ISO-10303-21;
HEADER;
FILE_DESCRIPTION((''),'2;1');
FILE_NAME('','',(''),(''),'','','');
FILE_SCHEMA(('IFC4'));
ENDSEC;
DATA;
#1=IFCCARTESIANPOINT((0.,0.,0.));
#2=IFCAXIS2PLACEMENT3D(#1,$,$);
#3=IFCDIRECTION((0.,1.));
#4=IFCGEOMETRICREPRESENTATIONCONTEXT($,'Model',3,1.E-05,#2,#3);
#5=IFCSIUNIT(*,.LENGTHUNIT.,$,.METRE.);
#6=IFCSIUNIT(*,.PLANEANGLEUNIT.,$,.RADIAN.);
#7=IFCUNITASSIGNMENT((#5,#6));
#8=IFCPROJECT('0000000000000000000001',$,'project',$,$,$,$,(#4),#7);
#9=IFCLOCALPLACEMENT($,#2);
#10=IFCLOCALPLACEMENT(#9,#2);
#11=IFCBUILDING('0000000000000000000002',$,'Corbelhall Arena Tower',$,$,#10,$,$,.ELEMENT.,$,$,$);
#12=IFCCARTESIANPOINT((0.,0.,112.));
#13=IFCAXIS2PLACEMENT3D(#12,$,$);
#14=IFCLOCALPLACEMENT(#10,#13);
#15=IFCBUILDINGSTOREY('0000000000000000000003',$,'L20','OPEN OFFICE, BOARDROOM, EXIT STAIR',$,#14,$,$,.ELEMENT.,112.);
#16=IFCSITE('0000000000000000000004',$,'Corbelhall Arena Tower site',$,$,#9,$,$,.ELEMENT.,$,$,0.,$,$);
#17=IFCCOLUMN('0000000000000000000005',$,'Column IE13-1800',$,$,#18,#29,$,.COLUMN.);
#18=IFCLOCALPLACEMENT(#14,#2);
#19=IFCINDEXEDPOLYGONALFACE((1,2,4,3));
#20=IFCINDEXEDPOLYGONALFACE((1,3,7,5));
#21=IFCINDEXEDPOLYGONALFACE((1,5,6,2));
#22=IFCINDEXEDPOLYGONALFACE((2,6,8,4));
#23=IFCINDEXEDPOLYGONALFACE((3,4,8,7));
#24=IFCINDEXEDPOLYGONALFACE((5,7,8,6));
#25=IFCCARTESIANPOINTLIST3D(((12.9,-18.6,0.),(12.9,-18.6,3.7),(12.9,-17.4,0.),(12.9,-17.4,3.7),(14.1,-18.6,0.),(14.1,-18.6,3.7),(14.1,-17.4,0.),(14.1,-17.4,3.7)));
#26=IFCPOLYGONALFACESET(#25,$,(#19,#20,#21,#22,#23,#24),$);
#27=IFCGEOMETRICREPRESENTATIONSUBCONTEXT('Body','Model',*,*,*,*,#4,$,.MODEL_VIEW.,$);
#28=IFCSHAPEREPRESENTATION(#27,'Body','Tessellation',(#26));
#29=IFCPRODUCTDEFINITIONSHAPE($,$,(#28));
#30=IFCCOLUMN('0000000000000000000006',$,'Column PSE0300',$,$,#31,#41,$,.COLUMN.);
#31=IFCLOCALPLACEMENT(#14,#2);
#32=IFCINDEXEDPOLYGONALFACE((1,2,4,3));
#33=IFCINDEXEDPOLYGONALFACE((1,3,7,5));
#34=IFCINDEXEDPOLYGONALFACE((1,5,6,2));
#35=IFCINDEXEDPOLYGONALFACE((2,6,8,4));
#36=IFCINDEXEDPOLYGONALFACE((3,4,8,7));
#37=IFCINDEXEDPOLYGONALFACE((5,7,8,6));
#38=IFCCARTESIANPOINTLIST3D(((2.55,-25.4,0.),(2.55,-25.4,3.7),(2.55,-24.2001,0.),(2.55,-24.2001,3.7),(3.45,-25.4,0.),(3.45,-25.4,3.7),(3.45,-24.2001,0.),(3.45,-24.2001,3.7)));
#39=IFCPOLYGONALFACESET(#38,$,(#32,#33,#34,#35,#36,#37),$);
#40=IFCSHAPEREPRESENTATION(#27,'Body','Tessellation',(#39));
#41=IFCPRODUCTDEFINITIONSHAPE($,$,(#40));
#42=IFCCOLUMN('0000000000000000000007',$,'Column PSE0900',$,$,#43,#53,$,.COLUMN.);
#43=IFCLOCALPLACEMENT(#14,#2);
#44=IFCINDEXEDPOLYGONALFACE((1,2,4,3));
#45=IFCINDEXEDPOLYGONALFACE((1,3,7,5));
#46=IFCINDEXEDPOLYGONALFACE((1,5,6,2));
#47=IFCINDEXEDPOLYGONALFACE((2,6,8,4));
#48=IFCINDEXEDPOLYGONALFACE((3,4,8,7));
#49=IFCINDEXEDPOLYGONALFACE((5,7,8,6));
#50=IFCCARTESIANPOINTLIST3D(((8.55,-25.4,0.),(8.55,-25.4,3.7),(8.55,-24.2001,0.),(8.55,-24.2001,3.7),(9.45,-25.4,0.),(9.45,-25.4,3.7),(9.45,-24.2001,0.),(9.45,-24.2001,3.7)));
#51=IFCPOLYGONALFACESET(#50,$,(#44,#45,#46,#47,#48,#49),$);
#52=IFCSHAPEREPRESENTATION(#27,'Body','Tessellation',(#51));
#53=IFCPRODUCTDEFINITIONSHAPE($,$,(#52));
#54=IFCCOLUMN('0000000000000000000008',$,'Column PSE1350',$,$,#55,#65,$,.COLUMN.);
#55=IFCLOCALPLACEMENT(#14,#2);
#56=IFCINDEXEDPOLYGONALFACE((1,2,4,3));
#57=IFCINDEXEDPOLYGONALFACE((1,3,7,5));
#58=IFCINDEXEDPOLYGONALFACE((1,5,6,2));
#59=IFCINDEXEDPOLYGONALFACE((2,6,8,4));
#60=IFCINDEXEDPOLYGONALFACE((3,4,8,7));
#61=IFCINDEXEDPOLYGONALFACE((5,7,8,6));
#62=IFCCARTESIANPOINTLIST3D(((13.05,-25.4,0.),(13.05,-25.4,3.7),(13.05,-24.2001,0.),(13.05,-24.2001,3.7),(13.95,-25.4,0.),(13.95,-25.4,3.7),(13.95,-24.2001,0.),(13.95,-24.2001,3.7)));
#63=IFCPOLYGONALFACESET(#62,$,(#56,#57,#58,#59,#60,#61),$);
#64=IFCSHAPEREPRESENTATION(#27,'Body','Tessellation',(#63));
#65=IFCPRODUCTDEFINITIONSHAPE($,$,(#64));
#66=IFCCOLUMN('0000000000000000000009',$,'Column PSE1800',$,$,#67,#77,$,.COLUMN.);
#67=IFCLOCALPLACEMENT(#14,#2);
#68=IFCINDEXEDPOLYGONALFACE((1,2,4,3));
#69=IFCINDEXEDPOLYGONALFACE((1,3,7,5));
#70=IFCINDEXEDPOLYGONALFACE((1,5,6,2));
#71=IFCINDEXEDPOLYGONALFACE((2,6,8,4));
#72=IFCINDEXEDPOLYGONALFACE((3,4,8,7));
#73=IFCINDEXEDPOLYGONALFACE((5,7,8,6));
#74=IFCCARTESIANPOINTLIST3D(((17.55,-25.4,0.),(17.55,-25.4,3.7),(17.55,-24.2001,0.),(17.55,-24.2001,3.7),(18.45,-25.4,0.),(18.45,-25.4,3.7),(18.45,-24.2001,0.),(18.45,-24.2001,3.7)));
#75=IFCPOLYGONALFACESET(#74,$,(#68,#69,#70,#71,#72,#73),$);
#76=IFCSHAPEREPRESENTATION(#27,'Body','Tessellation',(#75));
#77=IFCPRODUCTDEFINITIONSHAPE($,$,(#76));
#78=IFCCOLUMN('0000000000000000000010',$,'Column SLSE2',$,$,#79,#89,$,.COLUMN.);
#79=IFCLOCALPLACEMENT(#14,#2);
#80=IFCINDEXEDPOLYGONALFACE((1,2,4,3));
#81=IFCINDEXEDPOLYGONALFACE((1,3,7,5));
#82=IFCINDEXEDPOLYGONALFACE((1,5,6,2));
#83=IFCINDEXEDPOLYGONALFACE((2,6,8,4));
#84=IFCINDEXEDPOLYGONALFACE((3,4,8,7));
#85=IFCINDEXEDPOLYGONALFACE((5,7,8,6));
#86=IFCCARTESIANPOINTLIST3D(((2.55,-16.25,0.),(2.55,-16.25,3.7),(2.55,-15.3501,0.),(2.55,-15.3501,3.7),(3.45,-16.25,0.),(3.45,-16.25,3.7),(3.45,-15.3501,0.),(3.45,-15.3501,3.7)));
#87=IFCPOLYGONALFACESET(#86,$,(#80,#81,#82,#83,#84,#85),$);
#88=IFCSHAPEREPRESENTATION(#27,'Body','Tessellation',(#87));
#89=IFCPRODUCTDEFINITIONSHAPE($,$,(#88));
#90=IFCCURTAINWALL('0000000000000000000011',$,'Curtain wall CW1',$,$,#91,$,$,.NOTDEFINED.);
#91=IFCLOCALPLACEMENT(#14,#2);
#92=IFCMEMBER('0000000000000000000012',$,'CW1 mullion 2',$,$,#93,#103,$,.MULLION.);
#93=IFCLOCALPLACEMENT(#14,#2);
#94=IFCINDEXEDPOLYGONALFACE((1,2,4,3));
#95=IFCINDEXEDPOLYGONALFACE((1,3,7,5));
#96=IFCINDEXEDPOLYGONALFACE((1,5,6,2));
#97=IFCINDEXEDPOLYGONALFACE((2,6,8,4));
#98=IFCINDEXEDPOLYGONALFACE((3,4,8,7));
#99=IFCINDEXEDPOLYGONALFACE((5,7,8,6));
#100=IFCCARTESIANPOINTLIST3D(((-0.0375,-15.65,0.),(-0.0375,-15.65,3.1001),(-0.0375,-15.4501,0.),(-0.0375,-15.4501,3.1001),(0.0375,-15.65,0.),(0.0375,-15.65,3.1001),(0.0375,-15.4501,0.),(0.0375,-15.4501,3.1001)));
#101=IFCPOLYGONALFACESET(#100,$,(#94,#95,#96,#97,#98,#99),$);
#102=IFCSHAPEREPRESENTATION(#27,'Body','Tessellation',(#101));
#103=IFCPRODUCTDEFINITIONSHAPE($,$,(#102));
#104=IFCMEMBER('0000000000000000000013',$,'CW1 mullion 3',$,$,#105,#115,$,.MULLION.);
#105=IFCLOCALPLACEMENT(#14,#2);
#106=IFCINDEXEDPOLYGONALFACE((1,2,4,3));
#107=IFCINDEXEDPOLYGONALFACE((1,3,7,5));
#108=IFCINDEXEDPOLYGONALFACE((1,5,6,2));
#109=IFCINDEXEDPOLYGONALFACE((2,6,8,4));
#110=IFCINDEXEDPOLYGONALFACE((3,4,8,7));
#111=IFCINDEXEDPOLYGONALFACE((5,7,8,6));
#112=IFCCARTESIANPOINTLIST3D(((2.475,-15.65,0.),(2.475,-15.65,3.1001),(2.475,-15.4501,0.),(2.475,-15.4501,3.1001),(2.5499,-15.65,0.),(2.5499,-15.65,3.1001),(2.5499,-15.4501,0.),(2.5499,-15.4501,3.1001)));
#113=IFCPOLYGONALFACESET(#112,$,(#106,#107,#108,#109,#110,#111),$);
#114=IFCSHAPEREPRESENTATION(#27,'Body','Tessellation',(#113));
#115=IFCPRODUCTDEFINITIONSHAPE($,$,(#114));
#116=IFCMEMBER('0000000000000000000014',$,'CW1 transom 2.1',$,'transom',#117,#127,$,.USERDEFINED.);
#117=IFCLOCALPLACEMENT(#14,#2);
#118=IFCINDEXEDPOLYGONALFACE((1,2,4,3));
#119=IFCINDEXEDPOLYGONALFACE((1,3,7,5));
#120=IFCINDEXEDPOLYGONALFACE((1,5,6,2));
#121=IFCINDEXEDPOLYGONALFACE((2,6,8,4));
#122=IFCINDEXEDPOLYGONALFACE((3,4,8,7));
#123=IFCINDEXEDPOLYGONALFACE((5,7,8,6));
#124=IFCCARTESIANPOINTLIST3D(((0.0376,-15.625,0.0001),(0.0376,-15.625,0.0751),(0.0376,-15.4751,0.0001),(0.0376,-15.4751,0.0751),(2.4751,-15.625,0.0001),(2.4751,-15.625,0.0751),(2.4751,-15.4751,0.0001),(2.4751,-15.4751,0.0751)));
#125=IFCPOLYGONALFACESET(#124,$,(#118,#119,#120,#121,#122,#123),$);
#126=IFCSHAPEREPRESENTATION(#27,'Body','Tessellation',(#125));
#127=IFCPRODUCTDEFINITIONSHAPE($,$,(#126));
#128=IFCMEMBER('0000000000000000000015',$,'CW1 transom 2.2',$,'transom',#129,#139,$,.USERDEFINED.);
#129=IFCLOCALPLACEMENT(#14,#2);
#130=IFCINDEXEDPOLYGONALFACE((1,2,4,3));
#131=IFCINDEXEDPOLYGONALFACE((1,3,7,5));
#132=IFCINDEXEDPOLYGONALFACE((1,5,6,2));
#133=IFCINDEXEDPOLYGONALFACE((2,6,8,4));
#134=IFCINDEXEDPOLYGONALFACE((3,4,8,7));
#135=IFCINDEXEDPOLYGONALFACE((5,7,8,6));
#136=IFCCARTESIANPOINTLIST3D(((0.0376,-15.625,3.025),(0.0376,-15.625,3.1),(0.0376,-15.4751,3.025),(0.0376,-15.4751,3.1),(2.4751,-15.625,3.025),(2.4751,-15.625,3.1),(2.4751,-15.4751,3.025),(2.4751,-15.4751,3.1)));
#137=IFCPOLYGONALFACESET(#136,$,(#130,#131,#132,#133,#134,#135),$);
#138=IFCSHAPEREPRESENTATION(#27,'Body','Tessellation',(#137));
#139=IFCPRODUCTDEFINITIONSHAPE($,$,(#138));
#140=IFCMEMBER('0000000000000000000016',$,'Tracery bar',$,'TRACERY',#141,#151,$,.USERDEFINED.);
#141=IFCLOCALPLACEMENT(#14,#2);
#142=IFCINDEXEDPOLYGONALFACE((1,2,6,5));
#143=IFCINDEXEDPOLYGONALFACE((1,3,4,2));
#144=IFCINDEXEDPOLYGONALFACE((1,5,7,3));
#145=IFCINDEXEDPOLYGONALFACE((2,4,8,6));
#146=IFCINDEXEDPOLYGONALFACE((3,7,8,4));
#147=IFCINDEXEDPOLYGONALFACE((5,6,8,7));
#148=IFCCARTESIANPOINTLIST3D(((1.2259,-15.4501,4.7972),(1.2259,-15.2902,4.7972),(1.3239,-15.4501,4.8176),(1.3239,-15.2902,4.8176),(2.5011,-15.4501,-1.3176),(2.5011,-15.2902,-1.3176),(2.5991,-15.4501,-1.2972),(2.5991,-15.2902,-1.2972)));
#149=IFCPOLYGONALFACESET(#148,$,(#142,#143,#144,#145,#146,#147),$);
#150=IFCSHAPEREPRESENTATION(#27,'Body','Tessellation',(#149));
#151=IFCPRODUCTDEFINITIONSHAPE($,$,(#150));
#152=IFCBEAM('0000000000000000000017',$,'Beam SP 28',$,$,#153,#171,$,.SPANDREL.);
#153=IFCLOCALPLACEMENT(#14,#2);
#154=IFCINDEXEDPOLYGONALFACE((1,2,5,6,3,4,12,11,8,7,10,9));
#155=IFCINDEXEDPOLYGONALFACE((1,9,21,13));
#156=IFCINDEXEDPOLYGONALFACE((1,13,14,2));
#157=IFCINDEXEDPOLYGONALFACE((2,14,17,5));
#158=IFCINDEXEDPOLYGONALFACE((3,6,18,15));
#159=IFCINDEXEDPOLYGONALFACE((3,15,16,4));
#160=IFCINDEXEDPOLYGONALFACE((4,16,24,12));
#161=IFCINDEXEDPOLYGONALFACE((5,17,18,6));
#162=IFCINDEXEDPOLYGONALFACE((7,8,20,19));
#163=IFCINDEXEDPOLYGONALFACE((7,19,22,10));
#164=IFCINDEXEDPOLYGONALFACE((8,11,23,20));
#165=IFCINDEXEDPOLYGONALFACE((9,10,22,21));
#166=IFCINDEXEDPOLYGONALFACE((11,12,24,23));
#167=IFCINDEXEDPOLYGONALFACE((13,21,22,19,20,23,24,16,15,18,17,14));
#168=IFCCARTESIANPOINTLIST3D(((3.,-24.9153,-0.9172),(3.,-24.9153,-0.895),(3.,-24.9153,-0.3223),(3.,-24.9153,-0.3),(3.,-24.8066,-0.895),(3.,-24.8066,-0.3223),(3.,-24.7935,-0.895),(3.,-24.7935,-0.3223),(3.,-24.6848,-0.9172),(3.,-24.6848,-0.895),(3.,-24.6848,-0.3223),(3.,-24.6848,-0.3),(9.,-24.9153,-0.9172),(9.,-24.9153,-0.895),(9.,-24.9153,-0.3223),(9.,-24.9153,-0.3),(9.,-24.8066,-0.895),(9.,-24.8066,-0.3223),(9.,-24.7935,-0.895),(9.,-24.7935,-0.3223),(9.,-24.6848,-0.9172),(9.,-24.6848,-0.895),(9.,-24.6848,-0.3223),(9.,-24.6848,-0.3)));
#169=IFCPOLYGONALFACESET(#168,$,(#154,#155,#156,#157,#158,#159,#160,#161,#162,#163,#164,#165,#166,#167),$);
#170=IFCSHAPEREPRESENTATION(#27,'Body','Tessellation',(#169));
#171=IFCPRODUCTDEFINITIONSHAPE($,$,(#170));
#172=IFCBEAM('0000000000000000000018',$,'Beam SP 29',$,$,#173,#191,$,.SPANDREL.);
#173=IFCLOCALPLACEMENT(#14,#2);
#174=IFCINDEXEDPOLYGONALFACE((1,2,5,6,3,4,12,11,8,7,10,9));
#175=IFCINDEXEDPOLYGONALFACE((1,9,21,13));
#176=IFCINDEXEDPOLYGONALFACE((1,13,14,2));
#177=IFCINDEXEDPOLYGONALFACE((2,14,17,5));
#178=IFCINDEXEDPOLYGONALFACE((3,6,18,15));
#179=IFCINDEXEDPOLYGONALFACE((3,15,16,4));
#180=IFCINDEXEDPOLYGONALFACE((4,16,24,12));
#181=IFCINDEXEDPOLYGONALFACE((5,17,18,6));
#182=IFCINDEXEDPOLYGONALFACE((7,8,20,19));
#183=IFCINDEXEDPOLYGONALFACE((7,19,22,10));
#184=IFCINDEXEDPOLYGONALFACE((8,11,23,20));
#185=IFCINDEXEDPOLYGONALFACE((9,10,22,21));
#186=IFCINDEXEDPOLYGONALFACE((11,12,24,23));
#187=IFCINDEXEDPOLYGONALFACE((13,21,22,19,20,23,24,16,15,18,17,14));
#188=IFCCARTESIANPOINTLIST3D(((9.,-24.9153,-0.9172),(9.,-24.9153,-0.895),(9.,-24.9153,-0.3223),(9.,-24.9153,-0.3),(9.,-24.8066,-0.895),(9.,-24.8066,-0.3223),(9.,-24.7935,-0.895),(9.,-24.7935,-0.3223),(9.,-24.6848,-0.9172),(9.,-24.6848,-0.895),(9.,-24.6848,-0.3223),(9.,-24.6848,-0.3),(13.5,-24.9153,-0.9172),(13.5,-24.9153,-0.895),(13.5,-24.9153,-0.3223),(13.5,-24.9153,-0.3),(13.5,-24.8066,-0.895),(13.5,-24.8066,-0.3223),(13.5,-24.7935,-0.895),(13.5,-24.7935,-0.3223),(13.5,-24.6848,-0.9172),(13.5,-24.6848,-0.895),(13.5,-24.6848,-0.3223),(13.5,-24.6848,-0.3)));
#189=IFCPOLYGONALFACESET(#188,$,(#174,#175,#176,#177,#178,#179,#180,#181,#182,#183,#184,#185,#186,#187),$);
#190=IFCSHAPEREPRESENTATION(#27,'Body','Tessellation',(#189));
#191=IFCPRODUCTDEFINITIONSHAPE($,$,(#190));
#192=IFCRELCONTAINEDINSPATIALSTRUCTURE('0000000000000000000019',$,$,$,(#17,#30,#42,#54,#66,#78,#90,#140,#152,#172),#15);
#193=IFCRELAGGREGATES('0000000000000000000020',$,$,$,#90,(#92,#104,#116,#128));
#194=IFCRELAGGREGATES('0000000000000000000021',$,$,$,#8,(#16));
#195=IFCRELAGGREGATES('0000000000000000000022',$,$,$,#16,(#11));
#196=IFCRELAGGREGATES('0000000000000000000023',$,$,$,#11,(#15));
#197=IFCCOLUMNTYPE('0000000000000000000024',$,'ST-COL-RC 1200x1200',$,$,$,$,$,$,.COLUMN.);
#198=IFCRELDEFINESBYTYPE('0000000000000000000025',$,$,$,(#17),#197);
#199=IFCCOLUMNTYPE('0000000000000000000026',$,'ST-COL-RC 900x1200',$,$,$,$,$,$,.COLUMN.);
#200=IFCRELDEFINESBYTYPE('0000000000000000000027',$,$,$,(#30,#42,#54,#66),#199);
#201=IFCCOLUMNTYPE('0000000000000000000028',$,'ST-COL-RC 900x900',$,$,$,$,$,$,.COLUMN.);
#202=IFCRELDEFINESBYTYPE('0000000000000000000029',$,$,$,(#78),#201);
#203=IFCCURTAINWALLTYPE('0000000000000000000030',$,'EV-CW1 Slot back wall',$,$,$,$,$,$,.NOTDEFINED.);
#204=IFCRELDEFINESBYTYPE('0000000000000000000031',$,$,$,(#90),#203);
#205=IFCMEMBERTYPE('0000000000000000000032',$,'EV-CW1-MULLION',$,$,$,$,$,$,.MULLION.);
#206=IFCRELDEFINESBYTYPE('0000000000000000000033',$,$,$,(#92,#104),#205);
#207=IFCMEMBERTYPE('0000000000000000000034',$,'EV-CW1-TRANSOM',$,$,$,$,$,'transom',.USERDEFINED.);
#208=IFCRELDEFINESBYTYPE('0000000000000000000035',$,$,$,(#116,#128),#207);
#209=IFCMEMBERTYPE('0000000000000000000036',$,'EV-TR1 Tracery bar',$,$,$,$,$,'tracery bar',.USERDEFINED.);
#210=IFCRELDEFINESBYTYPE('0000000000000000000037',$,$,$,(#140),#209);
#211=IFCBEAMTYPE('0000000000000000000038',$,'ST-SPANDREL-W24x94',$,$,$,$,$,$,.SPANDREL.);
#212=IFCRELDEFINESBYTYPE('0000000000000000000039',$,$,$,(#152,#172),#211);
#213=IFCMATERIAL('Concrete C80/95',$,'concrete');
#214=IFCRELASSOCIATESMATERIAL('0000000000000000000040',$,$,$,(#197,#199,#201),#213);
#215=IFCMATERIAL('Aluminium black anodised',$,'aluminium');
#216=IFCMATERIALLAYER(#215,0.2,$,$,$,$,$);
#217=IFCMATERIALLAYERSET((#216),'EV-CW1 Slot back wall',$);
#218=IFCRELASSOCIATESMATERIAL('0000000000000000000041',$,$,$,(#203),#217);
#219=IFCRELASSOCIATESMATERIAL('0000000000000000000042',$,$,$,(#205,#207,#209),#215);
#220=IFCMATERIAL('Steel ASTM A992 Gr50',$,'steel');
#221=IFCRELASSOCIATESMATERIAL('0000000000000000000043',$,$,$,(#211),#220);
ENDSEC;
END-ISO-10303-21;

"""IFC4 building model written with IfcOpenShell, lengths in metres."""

from ifc_helpers import new_model, si_unit, direction, frame, origin, origin_2d, place, context, subcontext, project, spatial, rectangle, i_section, extrude, material, layer, layer_set, material_profile, profile_set, type_object, element, aggregate, save


model = new_model("IFC4")

# Units and contexts
model_context = context("Model", 3, precision=1e-05, world=origin(), true_north=direction((0.0, 1.0)))
body_context = subcontext(model_context, "Body", "Model", "MODEL_VIEW")
ifc_project = project(units=[si_unit("LENGTHUNIT", "METRE"), si_unit("PLANEANGLEUNIT", "RADIAN")], contexts=[model_context])

# Site, building, storey
site_placement = place(None, origin())
site = spatial("IfcSite", under=ifc_project, at=site_placement, Name="Corbelhall Arena Tower site", CompositionType="ELEMENT", RefElevation=0.0)
building_placement = place(site_placement, origin())
building = spatial("IfcBuilding", under=site, at=building_placement, Name="Corbelhall Arena Tower", CompositionType="ELEMENT")
storey_placement = place(building_placement, frame((0.0, 0.0, 112.0)))
storey = spatial("IfcBuildingStorey", under=building, at=storey_placement, Name="L20", Description="OPEN OFFICE, BOARDROOM, EXIT STAIR", CompositionType="ELEMENT", Elevation=112.0)

# Columns
ifc_material_1 = material(Name="Concrete C80/95", Category="concrete")
ifc_material_profile_1 = material_profile(ifc_material_1, rectangle(XDim=1.2, YDim=1.2, at=origin_2d()))
ifc_profile_set_1 = profile_set([ifc_material_profile_1], Name="Concrete C80/95")
column_type_1 = type_object("IfcColumnType", Name="ST-COL-RC 1200x1200", PredefinedType="COLUMN", material=ifc_profile_set_1)
column_1_placement = place(storey_placement, frame((13.5, -18.0, 0.0), z_axis=(0.0, 0.0, 1.0), x_axis=(1.0, 0.0, 0.0)))
element("IfcColumn", 1, at=column_1_placement, inside=storey, type_object=column_type_1, Name="Column IE13-1800", PredefinedType="COLUMN", context=body_context, shape_type="SweptSolid", body=[
    extrude(rectangle(XDim=1.2, YDim=1.2, at=origin_2d()), origin(), (0.0, 0.0, 1.0), 3.7),
])
ifc_material_profile_2 = material_profile(ifc_material_1, rectangle(XDim=0.8999, YDim=1.2, at=origin_2d()))
ifc_profile_set_2 = profile_set([ifc_material_profile_2], Name="Concrete C80/95")
column_type_2 = type_object("IfcColumnType", Name="ST-COL-RC 900x1200", PredefinedType="COLUMN", material=ifc_profile_set_2)
for number, where, z_axis, x_axis, name in (
    (2, (3.0, -24.8, 0.0), (0.0, 0.0, 1.0), (1.0, 0.0, 0.0), "Column PSE0300"),
    (3, (9.0, -24.8, 0.0), (0.0, 0.0, 1.0), (1.0, 0.0, 0.0), "Column PSE0900"),
    (4, (13.5, -24.8, 0.0), (0.0, 0.0, 1.0), (1.0, 0.0, 0.0), "Column PSE1350"),
    (5, (18.0, -24.8, 0.0), (0.0, 0.0, 1.0), (1.0, 0.0, 0.0), "Column PSE1800"),
):
    element("IfcColumn", number, at=place(storey_placement, frame(where, z_axis=z_axis, x_axis=x_axis)), inside=storey, type_object=column_type_2, Name=name, PredefinedType="COLUMN", context=body_context, shape_type="SweptSolid", body=[
        extrude(rectangle(XDim=0.8999, YDim=1.2, at=origin_2d()), origin(), (0.0, 0.0, 1.0), 3.7),
    ])
ifc_material_profile_3 = material_profile(ifc_material_1, rectangle(XDim=0.8999, YDim=0.8999, at=origin_2d()))
ifc_profile_set_3 = profile_set([ifc_material_profile_3], Name="Concrete C80/95")
column_type_3 = type_object("IfcColumnType", Name="ST-COL-RC 900x900", PredefinedType="COLUMN", material=ifc_profile_set_3)
column_2_placement = place(storey_placement, frame((3.0, -15.8, 0.0), z_axis=(0.0, 0.0, 1.0), x_axis=(1.0, 0.0, 0.0)))
element("IfcColumn", 6, at=column_2_placement, inside=storey, type_object=column_type_3, Name="Column SLSE2", PredefinedType="COLUMN", context=body_context, shape_type="SweptSolid", body=[
    extrude(rectangle(XDim=0.8999, YDim=0.8999, at=origin_2d()), origin(), (0.0, 0.0, 1.0), 3.7),
])

# Curtain wall, members
ifc_material_2 = material(Name="Aluminium black anodised", Category="aluminium")
ifc_layer_1 = layer(ifc_material_2, 0.2)
ifc_layer_set_1 = layer_set([ifc_layer_1], Name="EV-CW1 Slot back wall")
curtain_wall_type = type_object("IfcCurtainWallType", Name="EV-CW1 Slot back wall", PredefinedType="NOTDEFINED", material=ifc_layer_set_1)
curtain_wall_placement = place(storey_placement, origin())
curtain_wall = element("IfcCurtainWall", 7, at=curtain_wall_placement, inside=storey, type_object=curtain_wall_type, Name="Curtain wall CW1", PredefinedType="NOTDEFINED")
ifc_material_profile_4 = material_profile(ifc_material_2, rectangle(XDim=0.2, YDim=0.075, at=origin_2d()))
ifc_profile_set_4 = profile_set([ifc_material_profile_4], Name="Aluminium black anodised")
member_type_1 = type_object("IfcMemberType", Name="EV-CW1-MULLION", PredefinedType="MULLION", material=ifc_profile_set_4)
member_1_placement = place(storey_placement, frame((0.0, -15.55, 0.0), z_axis=(0.0, 0.0, 1.0), x_axis=(0.0, 1.0, 0.0)))
member_1 = element("IfcMember", 8, at=member_1_placement, type_object=member_type_1, Name="CW1 mullion 2", PredefinedType="MULLION", context=body_context, shape_type="SweptSolid", body=[
    extrude(rectangle(XDim=0.2, YDim=0.075, at=origin_2d()), origin(), (0.0, 0.0, 1.0), 3.1001),
])
member_2_placement = place(storey_placement, frame((2.5125, -15.55, 0.0), z_axis=(0.0, 0.0, 1.0), x_axis=(0.0, 1.0, 0.0)))
member_2 = element("IfcMember", 9, at=member_2_placement, type_object=member_type_1, Name="CW1 mullion 3", PredefinedType="MULLION", context=body_context, shape_type="SweptSolid", body=[
    extrude(rectangle(XDim=0.2, YDim=0.075, at=origin_2d()), origin(), (0.0, 0.0, 1.0), 3.1001),
])
ifc_material_profile_5 = material_profile(ifc_material_2, rectangle(XDim=0.1499, YDim=0.075, at=origin_2d()))
ifc_profile_set_5 = profile_set([ifc_material_profile_5], Name="Aluminium black anodised")
member_type_2 = type_object("IfcMemberType", Name="EV-CW1-TRANSOM", ElementType="transom", PredefinedType="USERDEFINED", material=ifc_profile_set_5)
member_3_placement = place(storey_placement, frame((0.0376, -15.55, 0.0376), z_axis=(1.0, 0.0, 0.0), x_axis=(0.0, 1.0, 0.0)))
member_3 = element("IfcMember", 10, at=member_3_placement, type_object=member_type_2, Name="CW1 transom 2.1", ObjectType="transom", PredefinedType="USERDEFINED", context=body_context, shape_type="SweptSolid", body=[
    extrude(rectangle(XDim=0.1499, YDim=0.075, at=origin_2d()), origin(), (0.0, 0.0, 1.0), 2.4375),
])
member_4_placement = place(storey_placement, frame((0.0376, -15.55, 3.0625), z_axis=(1.0, 0.0, 0.0), x_axis=(0.0, 1.0, 0.0)))
member_4 = element("IfcMember", 11, at=member_4_placement, type_object=member_type_2, Name="CW1 transom 2.2", ObjectType="transom", PredefinedType="USERDEFINED", context=body_context, shape_type="SweptSolid", body=[
    extrude(rectangle(XDim=0.1499, YDim=0.075, at=origin_2d()), origin(), (0.0, 0.0, 1.0), 2.4375),
])

# Member
ifc_material_profile_6 = material_profile(ifc_material_2, rectangle(XDim=0.1599, YDim=0.1001, at=origin_2d()))
ifc_profile_set_6 = profile_set([ifc_material_profile_6], Name="Aluminium black anodised")
member_type_3 = type_object("IfcMemberType", Name="EV-TR1 Tracery bar", ElementType="tracery bar", PredefinedType="USERDEFINED", material=ifc_profile_set_6)
member_5_placement = place(storey_placement, frame((1.2749, -15.3701, 4.8074), z_axis=(0.204145, 0.0, -0.978941), x_axis=(0.0, 1.0, 0.0)))
element("IfcMember", 12, at=member_5_placement, inside=storey, type_object=member_type_3, Name="Tracery bar", ObjectType="TRACERY", PredefinedType="USERDEFINED", context=body_context, shape_type="SweptSolid", body=[
    extrude(rectangle(XDim=0.1599, YDim=0.1001, at=origin_2d()), origin(), (0.0, 0.0, 1.0), 6.2463),
])

# Beams
ifc_material_3 = material(Name="Steel ASTM A992 Gr50", Category="steel")
ifc_material_profile_7 = material_profile(ifc_material_3, i_section(OverallWidth=0.2305, OverallDepth=0.6172, WebThickness=0.0132, FlangeThickness=0.0222, at=origin_2d()))
ifc_profile_set_7 = profile_set([ifc_material_profile_7], Name="Steel ASTM A992 Gr50")
beam_type_1 = type_object("IfcBeamType", Name="ST-SPANDREL-W24x94", PredefinedType="SPANDREL", material=ifc_profile_set_7)
beam_1_placement = place(storey_placement, frame((9.0, -24.8, -0.6086), z_axis=(-1.0, 0.0, 0.0), x_axis=(0.0, -1.0, 0.0)))
element("IfcBeam", 13, at=beam_1_placement, inside=storey, type_object=beam_type_1, Name="Beam SP 28", PredefinedType="SPANDREL", context=body_context, shape_type="SweptSolid", body=[
    extrude(i_section(OverallWidth=0.2305, OverallDepth=0.6172, WebThickness=0.0132, FlangeThickness=0.0222, at=origin_2d()), origin(), (0.0, 0.0, 1.0), 6.0),
])
for number, where, z_axis, x_axis, name in (
    (14, (13.5, -24.8, -0.6086), (-1.0, 0.0, 0.0), (0.0, -1.0, 0.0), "Beam SP 29"),
):
    element("IfcBeam", number, at=place(storey_placement, frame(where, z_axis=z_axis, x_axis=x_axis)), inside=storey, type_object=beam_type_1, Name=name, PredefinedType="SPANDREL", context=body_context, shape_type="SweptSolid", body=[
        extrude(i_section(OverallWidth=0.2305, OverallDepth=0.6172, WebThickness=0.0132, FlangeThickness=0.0222, at=origin_2d()), origin(), (0.0, 0.0, 1.0), 4.5),
    ])

aggregate(curtain_wall, [member_1, member_2, member_3, member_4])

save(model, "model.ifc")
